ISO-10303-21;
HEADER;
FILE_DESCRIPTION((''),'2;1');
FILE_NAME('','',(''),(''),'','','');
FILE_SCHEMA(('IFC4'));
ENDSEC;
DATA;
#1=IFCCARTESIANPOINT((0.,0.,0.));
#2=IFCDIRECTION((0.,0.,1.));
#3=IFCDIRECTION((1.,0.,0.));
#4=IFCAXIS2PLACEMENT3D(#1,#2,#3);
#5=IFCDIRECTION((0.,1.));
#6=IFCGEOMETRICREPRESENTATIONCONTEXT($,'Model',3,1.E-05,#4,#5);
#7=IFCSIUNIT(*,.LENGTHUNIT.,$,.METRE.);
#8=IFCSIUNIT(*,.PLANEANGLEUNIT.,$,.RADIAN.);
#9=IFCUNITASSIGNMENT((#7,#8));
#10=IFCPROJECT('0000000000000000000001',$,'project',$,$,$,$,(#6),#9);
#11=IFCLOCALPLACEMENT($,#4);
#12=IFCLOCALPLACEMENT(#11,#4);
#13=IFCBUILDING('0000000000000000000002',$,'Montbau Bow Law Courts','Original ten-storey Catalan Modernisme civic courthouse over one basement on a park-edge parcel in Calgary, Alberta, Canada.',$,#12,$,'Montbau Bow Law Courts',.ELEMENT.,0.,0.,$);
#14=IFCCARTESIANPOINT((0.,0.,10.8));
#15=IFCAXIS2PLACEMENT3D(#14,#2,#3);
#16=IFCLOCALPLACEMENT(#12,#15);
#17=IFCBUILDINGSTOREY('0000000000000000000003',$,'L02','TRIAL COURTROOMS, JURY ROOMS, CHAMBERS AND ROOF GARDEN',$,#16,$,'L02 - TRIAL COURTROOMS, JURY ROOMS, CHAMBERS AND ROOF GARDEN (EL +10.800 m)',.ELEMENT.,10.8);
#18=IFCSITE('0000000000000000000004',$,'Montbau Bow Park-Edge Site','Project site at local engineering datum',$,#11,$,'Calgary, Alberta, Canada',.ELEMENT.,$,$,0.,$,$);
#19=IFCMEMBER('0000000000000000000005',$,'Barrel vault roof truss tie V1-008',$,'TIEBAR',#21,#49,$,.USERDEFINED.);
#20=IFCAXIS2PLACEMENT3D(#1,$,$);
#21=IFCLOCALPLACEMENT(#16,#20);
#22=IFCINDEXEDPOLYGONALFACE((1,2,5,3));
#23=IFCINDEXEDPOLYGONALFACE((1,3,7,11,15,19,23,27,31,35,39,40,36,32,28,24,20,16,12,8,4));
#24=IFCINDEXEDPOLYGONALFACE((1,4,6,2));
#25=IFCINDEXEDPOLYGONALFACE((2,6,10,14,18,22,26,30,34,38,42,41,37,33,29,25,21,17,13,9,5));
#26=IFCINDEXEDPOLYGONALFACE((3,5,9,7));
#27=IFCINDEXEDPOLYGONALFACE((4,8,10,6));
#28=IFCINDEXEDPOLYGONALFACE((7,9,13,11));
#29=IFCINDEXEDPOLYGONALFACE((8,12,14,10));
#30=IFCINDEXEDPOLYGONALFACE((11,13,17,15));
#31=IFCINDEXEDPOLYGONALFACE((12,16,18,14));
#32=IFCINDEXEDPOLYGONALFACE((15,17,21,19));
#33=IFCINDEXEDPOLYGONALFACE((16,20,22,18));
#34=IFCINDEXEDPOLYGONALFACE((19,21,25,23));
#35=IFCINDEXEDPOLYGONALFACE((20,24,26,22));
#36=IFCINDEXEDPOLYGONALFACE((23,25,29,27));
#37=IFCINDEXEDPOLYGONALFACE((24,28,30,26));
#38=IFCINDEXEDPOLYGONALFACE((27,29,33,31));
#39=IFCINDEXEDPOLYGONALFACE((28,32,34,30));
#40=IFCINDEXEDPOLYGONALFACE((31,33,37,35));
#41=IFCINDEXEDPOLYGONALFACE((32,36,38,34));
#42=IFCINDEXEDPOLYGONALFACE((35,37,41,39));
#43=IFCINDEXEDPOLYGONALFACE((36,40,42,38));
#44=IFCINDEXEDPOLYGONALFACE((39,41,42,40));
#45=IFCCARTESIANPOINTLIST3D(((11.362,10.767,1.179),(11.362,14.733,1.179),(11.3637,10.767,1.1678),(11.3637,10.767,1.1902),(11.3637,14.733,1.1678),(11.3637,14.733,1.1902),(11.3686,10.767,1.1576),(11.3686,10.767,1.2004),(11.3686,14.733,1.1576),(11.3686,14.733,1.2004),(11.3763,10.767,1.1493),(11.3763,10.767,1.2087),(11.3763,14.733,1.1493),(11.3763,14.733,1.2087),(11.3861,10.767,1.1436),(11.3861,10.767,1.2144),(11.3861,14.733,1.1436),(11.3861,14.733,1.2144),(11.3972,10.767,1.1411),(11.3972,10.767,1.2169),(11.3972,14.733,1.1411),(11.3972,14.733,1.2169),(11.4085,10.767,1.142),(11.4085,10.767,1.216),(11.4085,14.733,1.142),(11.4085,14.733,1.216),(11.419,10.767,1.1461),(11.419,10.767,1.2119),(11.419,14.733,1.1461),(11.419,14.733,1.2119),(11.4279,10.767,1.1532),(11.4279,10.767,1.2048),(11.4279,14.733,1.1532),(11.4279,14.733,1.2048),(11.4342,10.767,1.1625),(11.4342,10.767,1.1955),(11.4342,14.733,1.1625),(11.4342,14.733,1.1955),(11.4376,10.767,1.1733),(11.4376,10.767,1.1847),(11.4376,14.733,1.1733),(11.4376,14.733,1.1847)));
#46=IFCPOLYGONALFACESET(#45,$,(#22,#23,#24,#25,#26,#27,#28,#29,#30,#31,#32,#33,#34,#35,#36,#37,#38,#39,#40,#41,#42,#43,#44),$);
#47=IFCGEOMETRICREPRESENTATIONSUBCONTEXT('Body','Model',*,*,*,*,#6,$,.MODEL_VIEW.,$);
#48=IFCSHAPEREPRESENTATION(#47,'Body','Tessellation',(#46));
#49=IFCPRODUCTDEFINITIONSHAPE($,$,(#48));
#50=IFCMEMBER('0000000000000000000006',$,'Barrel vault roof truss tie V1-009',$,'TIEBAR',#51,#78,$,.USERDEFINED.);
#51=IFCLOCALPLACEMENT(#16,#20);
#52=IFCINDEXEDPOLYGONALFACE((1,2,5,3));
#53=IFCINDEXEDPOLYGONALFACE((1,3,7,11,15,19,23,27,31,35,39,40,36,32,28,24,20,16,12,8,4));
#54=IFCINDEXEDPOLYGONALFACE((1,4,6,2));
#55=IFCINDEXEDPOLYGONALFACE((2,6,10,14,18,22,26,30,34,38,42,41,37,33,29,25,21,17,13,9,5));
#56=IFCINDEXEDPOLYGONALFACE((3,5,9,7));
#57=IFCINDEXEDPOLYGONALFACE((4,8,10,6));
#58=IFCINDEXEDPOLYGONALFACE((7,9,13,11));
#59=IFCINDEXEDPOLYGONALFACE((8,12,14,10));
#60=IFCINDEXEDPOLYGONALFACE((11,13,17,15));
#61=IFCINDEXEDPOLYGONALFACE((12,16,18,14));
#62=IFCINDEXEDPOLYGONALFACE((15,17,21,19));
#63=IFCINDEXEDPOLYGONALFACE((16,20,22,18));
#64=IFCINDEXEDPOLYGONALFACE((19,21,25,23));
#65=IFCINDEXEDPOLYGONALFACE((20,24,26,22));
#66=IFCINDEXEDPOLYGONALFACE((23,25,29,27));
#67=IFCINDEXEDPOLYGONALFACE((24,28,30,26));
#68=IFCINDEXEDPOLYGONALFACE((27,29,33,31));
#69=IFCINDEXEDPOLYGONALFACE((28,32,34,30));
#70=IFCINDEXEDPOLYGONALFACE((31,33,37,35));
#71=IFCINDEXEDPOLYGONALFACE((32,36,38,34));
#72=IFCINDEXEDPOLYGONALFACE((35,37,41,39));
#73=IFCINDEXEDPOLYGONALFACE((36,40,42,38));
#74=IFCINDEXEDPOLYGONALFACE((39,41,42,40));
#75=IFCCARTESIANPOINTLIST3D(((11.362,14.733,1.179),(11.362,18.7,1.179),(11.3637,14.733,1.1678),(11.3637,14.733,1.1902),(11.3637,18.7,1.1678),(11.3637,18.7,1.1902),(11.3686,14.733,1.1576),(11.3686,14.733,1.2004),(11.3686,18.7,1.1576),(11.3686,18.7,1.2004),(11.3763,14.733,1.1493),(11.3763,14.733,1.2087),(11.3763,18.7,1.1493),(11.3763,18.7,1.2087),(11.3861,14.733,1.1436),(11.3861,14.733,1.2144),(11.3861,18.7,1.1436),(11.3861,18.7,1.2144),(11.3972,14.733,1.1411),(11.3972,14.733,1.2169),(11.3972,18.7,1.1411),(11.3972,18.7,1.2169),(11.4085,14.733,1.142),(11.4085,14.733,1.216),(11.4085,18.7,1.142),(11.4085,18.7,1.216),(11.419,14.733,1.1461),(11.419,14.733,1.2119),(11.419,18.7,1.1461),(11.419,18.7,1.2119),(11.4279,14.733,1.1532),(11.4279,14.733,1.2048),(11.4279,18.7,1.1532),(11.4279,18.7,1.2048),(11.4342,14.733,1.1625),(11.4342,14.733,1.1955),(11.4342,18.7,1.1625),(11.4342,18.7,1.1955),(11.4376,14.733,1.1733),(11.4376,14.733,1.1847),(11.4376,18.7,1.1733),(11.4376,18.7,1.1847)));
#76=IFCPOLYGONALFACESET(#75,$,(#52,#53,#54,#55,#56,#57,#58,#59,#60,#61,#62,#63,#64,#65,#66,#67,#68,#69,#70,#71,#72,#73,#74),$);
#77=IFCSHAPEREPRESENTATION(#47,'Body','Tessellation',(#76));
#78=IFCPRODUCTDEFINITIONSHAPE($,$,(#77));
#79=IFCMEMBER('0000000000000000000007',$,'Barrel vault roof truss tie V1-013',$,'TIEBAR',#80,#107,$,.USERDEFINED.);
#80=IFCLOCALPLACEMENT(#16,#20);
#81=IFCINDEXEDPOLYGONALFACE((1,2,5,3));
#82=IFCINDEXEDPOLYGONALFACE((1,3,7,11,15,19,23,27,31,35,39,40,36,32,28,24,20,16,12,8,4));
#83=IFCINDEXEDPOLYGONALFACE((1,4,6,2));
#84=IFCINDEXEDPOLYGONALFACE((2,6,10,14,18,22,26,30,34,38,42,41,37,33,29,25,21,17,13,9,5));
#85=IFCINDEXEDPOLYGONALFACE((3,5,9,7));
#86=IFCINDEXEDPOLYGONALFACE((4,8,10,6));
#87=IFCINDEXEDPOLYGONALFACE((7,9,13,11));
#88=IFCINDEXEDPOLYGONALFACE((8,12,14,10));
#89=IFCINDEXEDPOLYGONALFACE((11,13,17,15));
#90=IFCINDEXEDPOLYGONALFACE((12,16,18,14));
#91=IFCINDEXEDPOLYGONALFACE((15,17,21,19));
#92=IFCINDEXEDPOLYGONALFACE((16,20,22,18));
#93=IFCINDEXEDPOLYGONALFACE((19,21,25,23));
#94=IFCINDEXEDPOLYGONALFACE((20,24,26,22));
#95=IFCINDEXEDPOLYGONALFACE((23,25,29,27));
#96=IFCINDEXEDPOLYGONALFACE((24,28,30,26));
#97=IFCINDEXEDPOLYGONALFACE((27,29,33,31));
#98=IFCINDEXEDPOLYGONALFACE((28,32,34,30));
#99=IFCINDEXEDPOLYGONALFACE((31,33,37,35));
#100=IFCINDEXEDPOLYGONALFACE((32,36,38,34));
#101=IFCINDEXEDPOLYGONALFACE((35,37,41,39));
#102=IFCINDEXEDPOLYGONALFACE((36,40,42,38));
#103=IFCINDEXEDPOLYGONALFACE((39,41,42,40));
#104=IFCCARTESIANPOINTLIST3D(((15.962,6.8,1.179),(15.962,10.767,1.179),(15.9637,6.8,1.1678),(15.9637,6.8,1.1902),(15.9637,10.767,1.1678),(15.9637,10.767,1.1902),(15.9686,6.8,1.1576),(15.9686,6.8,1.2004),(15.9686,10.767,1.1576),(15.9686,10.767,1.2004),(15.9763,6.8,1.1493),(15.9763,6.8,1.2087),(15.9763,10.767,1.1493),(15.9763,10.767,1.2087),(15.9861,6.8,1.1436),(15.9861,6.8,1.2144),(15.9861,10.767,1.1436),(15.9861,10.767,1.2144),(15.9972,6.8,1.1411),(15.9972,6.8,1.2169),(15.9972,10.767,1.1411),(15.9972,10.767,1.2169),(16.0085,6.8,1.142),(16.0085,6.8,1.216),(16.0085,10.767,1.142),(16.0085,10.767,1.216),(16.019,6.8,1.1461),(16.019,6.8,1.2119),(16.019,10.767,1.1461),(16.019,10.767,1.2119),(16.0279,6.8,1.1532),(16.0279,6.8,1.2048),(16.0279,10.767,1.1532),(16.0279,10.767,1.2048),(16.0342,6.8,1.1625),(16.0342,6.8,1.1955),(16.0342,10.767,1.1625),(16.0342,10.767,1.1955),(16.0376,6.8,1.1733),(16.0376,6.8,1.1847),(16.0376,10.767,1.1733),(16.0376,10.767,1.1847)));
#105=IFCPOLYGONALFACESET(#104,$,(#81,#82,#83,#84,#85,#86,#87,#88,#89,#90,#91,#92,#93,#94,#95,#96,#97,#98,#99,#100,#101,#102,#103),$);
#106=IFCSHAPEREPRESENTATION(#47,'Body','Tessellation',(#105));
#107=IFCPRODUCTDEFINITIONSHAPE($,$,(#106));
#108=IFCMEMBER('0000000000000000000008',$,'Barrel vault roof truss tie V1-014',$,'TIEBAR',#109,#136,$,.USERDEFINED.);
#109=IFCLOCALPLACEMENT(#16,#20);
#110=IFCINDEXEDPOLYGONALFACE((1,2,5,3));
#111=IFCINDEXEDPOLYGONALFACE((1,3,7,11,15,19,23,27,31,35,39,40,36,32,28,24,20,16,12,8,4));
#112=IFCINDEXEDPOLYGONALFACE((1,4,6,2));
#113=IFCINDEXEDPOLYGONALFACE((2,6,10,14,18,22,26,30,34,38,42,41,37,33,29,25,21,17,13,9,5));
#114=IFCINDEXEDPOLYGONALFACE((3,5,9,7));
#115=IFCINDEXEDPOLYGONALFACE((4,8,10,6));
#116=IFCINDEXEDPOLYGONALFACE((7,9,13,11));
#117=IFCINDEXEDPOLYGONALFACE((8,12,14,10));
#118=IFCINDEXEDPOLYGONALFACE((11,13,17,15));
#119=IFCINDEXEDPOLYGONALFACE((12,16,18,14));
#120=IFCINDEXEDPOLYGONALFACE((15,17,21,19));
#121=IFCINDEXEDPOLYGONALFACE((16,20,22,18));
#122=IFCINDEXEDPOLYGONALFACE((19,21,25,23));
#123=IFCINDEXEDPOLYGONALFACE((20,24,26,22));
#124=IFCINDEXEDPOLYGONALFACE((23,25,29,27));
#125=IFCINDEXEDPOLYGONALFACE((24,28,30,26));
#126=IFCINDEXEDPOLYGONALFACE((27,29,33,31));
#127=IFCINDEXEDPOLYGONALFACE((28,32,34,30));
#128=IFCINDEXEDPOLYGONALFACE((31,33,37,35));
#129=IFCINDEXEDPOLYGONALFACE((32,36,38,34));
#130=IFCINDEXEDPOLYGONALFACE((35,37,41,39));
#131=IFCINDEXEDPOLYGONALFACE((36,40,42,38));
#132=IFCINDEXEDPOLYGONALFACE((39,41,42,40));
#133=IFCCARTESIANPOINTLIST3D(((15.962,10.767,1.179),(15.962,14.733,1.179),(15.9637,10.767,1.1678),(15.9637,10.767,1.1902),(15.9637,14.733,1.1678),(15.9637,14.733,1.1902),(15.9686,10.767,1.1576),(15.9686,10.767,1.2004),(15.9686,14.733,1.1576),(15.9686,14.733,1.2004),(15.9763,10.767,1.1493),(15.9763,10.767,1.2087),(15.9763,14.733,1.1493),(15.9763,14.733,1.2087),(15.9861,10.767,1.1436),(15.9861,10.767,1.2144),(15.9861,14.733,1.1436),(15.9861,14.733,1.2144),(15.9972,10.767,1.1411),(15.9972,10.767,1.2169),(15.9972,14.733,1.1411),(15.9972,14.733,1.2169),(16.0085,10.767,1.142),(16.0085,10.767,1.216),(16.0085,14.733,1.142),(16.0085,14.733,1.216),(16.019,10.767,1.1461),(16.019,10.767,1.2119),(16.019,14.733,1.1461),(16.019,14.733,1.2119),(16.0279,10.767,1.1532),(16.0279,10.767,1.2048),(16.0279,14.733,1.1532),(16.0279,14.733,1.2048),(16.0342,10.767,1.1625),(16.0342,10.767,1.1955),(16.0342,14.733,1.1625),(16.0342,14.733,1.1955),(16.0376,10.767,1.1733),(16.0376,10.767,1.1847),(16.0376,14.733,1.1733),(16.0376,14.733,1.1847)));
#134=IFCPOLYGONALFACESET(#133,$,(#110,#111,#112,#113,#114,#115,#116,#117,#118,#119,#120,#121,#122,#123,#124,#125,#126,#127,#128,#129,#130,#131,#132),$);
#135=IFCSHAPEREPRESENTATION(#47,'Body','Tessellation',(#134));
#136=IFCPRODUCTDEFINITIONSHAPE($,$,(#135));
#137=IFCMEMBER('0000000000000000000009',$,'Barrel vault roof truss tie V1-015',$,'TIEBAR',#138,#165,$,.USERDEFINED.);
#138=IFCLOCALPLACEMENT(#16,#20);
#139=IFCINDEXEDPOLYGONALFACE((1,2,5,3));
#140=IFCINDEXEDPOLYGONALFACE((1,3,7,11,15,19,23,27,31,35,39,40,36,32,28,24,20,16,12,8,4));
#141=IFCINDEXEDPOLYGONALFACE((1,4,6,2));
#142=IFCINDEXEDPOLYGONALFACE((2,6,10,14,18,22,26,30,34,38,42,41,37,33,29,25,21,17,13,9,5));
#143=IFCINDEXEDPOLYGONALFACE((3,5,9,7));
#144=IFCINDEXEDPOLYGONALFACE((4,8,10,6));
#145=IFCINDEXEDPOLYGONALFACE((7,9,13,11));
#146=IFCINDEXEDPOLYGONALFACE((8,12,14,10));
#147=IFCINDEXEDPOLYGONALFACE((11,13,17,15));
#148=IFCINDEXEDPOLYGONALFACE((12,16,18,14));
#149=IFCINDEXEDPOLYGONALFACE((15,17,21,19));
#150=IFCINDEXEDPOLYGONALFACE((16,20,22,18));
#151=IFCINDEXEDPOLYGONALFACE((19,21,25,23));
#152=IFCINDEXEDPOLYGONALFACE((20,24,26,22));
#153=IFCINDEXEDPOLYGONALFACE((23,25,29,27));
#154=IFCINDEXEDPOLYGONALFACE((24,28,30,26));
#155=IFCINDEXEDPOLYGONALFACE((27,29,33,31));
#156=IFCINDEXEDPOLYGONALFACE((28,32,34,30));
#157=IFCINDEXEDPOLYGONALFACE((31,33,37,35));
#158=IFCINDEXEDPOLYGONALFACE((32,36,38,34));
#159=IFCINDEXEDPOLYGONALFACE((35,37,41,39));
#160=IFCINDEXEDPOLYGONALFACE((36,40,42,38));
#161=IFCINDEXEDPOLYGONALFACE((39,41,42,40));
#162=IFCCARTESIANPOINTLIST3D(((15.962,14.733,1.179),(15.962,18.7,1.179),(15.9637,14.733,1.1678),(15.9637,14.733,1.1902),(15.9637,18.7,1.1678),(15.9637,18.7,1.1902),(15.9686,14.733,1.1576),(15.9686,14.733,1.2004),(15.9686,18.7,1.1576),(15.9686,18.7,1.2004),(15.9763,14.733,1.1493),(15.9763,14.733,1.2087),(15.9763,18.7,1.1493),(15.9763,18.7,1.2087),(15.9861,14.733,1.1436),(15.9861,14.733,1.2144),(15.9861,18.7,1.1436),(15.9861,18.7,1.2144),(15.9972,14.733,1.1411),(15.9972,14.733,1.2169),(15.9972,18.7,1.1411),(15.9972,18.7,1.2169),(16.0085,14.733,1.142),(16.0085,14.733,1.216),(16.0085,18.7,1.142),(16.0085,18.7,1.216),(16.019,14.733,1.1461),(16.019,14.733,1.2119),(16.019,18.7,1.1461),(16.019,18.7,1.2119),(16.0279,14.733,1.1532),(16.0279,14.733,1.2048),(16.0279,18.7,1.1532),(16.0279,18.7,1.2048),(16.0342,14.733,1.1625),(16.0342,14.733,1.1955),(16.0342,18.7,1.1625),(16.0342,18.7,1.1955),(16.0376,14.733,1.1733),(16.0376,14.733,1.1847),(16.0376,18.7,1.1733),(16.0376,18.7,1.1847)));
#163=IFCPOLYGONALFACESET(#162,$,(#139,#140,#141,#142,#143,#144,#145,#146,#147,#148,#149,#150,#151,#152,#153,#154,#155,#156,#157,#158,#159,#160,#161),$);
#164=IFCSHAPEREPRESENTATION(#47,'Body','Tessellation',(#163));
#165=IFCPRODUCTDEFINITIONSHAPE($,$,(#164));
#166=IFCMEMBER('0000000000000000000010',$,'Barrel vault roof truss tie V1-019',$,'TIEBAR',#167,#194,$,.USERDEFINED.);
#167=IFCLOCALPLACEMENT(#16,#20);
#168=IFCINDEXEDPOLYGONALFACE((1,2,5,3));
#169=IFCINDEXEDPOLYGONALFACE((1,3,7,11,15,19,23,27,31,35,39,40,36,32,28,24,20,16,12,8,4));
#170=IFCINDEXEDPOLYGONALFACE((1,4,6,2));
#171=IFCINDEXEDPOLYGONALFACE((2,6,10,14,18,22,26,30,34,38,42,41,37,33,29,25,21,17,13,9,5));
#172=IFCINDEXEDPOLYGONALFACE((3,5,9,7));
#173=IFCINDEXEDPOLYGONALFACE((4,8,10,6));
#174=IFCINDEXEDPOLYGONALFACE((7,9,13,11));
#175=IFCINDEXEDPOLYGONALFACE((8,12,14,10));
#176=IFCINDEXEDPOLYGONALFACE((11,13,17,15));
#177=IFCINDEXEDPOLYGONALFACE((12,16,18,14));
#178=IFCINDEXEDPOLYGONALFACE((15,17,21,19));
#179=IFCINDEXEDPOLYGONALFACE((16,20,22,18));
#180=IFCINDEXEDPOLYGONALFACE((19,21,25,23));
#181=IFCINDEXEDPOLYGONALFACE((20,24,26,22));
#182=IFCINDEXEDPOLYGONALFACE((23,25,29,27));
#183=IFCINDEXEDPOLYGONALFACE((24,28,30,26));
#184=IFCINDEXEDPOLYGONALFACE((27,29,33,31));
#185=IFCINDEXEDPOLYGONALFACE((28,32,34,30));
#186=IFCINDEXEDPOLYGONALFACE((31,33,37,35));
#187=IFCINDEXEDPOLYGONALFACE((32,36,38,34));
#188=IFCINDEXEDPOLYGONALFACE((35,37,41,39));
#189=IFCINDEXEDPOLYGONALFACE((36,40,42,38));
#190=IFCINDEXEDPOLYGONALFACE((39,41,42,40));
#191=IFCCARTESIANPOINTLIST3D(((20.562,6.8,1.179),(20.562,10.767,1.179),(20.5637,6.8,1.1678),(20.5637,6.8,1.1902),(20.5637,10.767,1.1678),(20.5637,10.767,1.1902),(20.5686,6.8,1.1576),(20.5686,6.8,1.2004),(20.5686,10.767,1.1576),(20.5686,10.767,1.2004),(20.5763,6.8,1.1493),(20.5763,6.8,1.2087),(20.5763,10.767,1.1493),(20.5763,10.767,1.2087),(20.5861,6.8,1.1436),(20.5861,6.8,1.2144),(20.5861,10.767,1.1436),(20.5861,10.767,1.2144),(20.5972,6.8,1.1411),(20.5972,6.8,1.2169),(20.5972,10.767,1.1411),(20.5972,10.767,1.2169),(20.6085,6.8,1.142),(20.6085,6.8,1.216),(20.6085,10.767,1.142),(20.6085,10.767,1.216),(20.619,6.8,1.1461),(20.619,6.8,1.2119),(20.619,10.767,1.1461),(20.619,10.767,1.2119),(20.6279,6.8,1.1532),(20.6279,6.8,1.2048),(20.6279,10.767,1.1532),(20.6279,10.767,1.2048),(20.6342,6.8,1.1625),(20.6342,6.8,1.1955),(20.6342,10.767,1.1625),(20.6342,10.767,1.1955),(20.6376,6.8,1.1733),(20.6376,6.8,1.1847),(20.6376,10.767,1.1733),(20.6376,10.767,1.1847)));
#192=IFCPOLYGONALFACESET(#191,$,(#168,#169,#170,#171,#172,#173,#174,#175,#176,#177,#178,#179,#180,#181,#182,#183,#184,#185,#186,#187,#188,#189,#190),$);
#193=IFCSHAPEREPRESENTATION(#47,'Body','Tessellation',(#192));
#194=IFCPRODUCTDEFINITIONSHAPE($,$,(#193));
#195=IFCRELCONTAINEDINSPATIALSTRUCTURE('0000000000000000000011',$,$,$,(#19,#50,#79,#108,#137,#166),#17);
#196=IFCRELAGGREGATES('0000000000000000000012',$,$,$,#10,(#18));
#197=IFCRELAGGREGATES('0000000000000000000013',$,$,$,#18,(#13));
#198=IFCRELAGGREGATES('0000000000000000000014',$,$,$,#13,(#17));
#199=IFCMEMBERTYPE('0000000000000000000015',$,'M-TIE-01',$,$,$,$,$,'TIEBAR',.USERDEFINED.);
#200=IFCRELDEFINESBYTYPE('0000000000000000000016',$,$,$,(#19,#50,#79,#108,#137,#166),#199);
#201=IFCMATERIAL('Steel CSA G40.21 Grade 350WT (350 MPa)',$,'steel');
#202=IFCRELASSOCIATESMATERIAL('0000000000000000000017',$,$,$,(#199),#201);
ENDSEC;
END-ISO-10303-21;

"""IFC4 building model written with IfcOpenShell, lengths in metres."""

from ifc_helpers import new_model, si_unit, direction, frame, origin_with_axes, origin_2d_with_axis, place, context, subcontext, project, spatial, circle, extrude, material, material_profile, profile_set, type_object, element, save


model = new_model("IFC4")

# Units and contexts
model_context = context("Model", 3, precision=1e-05, world=origin_with_axes(), true_north=direction((0.0, 1.0)))
body_context = subcontext(model_context, "Body", "Model", "MODEL_VIEW")
ifc_project = project(units=[si_unit("LENGTHUNIT", "METRE"), si_unit("PLANEANGLEUNIT", "RADIAN")], contexts=[model_context])

# Site, building, storey
site_placement = place(None, origin_with_axes())
site = spatial("IfcSite", under=ifc_project, at=site_placement, Name="Montbau Bow Park-Edge Site", Description="Project site at local engineering datum", LongName="Calgary, Alberta, Canada", CompositionType="ELEMENT", RefElevation=0.0)
building_placement = place(site_placement, origin_with_axes())
building = spatial("IfcBuilding", under=site, at=building_placement, Name="Montbau Bow Law Courts", Description="Original ten-storey Catalan Modernisme civic courthouse over one basement on a park-edge parcel in Calgary, Alberta, Canada.", LongName="Montbau Bow Law Courts", CompositionType="ELEMENT", ElevationOfRefHeight=0.0, ElevationOfTerrain=0.0)
storey_placement = place(building_placement, frame((0.0, 0.0, 10.8), z_axis=(0.0, 0.0, 1.0), x_axis=(1.0, 0.0, 0.0)))
storey = spatial("IfcBuildingStorey", under=building, at=storey_placement, Name="L02", Description="TRIAL COURTROOMS, JURY ROOMS, CHAMBERS AND ROOF GARDEN", LongName="L02 - TRIAL COURTROOMS, JURY ROOMS, CHAMBERS AND ROOF GARDEN (EL +10.800 m)", CompositionType="ELEMENT", Elevation=10.8)

# Members
ifc_material = material(Name="Steel CSA G40.21 Grade 350WT (350 MPa)", Category="steel")
ifc_material_profile_1 = material_profile(ifc_material, circle(Radius=0.038, at=origin_2d_with_axis()), Name="ROD76", Category="Main", Priority=0)
ifc_profile_set_1 = profile_set([ifc_material_profile_1], Name="Steel CSA G40.21 Grade 350WT (350 MPa)")
member_type_1 = type_object("IfcMemberType", Name="M-TIE-01", ElementType="TIEBAR", PredefinedType="USERDEFINED", material=ifc_profile_set_1)
member_1_placement = place(None, frame((11.4, 10.767, 11.979), z_axis=(0.0, 1.0, 0.0), x_axis=(-1.0, 0.0, 0.0)))
element("IfcMember", 1, at=member_1_placement, inside=storey, type_object=member_type_1, Name="Barrel vault roof truss tie V1-008", ObjectType="TIEBAR", PredefinedType="USERDEFINED", context=body_context, shape_type="SweptSolid", body=[
    extrude(circle(Radius=0.038, at=origin_2d_with_axis()), origin_with_axes(), (0.0, 0.0, 1.0), 3.966),
])
for number, where, z_axis, x_axis, name in (
    (2, (11.4, 14.733, 11.979), (0.0, 1.0, 0.0), (-1.0, 0.0, 0.0), "Barrel vault roof truss tie V1-009"),
    (3, (16.0, 6.8, 11.979), (0.0, 1.0, 0.0), (-1.0, 0.0, 0.0), "Barrel vault roof truss tie V1-013"),
):
    element("IfcMember", number, at=place(None, frame(where, z_axis=z_axis, x_axis=x_axis)), inside=storey, type_object=member_type_1, Name=name, ObjectType="TIEBAR", PredefinedType="USERDEFINED", context=body_context, shape_type="SweptSolid", body=[
        extrude(circle(Radius=0.038, at=origin_2d_with_axis()), origin_with_axes(), (0.0, 0.0, 1.0), 3.967),
    ])
member_2_placement = place(None, frame((16.0, 10.767, 11.979), z_axis=(0.0, 1.0, 0.0), x_axis=(-1.0, 0.0, 0.0)))
element("IfcMember", 4, at=member_2_placement, inside=storey, type_object=member_type_1, Name="Barrel vault roof truss tie V1-014", ObjectType="TIEBAR", PredefinedType="USERDEFINED", context=body_context, shape_type="SweptSolid", body=[
    extrude(circle(Radius=0.038, at=origin_2d_with_axis()), origin_with_axes(), (0.0, 0.0, 1.0), 3.966),
])
for number, where, z_axis, x_axis, name in (
    (5, (16.0, 14.733, 11.979), (0.0, 1.0, 0.0), (-1.0, 0.0, 0.0), "Barrel vault roof truss tie V1-015"),
    (6, (20.6, 6.8, 11.979), (0.0, 1.0, 0.0), (-1.0, 0.0, 0.0), "Barrel vault roof truss tie V1-019"),
):
    element("IfcMember", number, at=place(None, frame(where, z_axis=z_axis, x_axis=x_axis)), inside=storey, type_object=member_type_1, Name=name, ObjectType="TIEBAR", PredefinedType="USERDEFINED", context=body_context, shape_type="SweptSolid", body=[
        extrude(circle(Radius=0.038, at=origin_2d_with_axis()), origin_with_axes(), (0.0, 0.0, 1.0), 3.967),
    ])

save(model, "model.ifc")
